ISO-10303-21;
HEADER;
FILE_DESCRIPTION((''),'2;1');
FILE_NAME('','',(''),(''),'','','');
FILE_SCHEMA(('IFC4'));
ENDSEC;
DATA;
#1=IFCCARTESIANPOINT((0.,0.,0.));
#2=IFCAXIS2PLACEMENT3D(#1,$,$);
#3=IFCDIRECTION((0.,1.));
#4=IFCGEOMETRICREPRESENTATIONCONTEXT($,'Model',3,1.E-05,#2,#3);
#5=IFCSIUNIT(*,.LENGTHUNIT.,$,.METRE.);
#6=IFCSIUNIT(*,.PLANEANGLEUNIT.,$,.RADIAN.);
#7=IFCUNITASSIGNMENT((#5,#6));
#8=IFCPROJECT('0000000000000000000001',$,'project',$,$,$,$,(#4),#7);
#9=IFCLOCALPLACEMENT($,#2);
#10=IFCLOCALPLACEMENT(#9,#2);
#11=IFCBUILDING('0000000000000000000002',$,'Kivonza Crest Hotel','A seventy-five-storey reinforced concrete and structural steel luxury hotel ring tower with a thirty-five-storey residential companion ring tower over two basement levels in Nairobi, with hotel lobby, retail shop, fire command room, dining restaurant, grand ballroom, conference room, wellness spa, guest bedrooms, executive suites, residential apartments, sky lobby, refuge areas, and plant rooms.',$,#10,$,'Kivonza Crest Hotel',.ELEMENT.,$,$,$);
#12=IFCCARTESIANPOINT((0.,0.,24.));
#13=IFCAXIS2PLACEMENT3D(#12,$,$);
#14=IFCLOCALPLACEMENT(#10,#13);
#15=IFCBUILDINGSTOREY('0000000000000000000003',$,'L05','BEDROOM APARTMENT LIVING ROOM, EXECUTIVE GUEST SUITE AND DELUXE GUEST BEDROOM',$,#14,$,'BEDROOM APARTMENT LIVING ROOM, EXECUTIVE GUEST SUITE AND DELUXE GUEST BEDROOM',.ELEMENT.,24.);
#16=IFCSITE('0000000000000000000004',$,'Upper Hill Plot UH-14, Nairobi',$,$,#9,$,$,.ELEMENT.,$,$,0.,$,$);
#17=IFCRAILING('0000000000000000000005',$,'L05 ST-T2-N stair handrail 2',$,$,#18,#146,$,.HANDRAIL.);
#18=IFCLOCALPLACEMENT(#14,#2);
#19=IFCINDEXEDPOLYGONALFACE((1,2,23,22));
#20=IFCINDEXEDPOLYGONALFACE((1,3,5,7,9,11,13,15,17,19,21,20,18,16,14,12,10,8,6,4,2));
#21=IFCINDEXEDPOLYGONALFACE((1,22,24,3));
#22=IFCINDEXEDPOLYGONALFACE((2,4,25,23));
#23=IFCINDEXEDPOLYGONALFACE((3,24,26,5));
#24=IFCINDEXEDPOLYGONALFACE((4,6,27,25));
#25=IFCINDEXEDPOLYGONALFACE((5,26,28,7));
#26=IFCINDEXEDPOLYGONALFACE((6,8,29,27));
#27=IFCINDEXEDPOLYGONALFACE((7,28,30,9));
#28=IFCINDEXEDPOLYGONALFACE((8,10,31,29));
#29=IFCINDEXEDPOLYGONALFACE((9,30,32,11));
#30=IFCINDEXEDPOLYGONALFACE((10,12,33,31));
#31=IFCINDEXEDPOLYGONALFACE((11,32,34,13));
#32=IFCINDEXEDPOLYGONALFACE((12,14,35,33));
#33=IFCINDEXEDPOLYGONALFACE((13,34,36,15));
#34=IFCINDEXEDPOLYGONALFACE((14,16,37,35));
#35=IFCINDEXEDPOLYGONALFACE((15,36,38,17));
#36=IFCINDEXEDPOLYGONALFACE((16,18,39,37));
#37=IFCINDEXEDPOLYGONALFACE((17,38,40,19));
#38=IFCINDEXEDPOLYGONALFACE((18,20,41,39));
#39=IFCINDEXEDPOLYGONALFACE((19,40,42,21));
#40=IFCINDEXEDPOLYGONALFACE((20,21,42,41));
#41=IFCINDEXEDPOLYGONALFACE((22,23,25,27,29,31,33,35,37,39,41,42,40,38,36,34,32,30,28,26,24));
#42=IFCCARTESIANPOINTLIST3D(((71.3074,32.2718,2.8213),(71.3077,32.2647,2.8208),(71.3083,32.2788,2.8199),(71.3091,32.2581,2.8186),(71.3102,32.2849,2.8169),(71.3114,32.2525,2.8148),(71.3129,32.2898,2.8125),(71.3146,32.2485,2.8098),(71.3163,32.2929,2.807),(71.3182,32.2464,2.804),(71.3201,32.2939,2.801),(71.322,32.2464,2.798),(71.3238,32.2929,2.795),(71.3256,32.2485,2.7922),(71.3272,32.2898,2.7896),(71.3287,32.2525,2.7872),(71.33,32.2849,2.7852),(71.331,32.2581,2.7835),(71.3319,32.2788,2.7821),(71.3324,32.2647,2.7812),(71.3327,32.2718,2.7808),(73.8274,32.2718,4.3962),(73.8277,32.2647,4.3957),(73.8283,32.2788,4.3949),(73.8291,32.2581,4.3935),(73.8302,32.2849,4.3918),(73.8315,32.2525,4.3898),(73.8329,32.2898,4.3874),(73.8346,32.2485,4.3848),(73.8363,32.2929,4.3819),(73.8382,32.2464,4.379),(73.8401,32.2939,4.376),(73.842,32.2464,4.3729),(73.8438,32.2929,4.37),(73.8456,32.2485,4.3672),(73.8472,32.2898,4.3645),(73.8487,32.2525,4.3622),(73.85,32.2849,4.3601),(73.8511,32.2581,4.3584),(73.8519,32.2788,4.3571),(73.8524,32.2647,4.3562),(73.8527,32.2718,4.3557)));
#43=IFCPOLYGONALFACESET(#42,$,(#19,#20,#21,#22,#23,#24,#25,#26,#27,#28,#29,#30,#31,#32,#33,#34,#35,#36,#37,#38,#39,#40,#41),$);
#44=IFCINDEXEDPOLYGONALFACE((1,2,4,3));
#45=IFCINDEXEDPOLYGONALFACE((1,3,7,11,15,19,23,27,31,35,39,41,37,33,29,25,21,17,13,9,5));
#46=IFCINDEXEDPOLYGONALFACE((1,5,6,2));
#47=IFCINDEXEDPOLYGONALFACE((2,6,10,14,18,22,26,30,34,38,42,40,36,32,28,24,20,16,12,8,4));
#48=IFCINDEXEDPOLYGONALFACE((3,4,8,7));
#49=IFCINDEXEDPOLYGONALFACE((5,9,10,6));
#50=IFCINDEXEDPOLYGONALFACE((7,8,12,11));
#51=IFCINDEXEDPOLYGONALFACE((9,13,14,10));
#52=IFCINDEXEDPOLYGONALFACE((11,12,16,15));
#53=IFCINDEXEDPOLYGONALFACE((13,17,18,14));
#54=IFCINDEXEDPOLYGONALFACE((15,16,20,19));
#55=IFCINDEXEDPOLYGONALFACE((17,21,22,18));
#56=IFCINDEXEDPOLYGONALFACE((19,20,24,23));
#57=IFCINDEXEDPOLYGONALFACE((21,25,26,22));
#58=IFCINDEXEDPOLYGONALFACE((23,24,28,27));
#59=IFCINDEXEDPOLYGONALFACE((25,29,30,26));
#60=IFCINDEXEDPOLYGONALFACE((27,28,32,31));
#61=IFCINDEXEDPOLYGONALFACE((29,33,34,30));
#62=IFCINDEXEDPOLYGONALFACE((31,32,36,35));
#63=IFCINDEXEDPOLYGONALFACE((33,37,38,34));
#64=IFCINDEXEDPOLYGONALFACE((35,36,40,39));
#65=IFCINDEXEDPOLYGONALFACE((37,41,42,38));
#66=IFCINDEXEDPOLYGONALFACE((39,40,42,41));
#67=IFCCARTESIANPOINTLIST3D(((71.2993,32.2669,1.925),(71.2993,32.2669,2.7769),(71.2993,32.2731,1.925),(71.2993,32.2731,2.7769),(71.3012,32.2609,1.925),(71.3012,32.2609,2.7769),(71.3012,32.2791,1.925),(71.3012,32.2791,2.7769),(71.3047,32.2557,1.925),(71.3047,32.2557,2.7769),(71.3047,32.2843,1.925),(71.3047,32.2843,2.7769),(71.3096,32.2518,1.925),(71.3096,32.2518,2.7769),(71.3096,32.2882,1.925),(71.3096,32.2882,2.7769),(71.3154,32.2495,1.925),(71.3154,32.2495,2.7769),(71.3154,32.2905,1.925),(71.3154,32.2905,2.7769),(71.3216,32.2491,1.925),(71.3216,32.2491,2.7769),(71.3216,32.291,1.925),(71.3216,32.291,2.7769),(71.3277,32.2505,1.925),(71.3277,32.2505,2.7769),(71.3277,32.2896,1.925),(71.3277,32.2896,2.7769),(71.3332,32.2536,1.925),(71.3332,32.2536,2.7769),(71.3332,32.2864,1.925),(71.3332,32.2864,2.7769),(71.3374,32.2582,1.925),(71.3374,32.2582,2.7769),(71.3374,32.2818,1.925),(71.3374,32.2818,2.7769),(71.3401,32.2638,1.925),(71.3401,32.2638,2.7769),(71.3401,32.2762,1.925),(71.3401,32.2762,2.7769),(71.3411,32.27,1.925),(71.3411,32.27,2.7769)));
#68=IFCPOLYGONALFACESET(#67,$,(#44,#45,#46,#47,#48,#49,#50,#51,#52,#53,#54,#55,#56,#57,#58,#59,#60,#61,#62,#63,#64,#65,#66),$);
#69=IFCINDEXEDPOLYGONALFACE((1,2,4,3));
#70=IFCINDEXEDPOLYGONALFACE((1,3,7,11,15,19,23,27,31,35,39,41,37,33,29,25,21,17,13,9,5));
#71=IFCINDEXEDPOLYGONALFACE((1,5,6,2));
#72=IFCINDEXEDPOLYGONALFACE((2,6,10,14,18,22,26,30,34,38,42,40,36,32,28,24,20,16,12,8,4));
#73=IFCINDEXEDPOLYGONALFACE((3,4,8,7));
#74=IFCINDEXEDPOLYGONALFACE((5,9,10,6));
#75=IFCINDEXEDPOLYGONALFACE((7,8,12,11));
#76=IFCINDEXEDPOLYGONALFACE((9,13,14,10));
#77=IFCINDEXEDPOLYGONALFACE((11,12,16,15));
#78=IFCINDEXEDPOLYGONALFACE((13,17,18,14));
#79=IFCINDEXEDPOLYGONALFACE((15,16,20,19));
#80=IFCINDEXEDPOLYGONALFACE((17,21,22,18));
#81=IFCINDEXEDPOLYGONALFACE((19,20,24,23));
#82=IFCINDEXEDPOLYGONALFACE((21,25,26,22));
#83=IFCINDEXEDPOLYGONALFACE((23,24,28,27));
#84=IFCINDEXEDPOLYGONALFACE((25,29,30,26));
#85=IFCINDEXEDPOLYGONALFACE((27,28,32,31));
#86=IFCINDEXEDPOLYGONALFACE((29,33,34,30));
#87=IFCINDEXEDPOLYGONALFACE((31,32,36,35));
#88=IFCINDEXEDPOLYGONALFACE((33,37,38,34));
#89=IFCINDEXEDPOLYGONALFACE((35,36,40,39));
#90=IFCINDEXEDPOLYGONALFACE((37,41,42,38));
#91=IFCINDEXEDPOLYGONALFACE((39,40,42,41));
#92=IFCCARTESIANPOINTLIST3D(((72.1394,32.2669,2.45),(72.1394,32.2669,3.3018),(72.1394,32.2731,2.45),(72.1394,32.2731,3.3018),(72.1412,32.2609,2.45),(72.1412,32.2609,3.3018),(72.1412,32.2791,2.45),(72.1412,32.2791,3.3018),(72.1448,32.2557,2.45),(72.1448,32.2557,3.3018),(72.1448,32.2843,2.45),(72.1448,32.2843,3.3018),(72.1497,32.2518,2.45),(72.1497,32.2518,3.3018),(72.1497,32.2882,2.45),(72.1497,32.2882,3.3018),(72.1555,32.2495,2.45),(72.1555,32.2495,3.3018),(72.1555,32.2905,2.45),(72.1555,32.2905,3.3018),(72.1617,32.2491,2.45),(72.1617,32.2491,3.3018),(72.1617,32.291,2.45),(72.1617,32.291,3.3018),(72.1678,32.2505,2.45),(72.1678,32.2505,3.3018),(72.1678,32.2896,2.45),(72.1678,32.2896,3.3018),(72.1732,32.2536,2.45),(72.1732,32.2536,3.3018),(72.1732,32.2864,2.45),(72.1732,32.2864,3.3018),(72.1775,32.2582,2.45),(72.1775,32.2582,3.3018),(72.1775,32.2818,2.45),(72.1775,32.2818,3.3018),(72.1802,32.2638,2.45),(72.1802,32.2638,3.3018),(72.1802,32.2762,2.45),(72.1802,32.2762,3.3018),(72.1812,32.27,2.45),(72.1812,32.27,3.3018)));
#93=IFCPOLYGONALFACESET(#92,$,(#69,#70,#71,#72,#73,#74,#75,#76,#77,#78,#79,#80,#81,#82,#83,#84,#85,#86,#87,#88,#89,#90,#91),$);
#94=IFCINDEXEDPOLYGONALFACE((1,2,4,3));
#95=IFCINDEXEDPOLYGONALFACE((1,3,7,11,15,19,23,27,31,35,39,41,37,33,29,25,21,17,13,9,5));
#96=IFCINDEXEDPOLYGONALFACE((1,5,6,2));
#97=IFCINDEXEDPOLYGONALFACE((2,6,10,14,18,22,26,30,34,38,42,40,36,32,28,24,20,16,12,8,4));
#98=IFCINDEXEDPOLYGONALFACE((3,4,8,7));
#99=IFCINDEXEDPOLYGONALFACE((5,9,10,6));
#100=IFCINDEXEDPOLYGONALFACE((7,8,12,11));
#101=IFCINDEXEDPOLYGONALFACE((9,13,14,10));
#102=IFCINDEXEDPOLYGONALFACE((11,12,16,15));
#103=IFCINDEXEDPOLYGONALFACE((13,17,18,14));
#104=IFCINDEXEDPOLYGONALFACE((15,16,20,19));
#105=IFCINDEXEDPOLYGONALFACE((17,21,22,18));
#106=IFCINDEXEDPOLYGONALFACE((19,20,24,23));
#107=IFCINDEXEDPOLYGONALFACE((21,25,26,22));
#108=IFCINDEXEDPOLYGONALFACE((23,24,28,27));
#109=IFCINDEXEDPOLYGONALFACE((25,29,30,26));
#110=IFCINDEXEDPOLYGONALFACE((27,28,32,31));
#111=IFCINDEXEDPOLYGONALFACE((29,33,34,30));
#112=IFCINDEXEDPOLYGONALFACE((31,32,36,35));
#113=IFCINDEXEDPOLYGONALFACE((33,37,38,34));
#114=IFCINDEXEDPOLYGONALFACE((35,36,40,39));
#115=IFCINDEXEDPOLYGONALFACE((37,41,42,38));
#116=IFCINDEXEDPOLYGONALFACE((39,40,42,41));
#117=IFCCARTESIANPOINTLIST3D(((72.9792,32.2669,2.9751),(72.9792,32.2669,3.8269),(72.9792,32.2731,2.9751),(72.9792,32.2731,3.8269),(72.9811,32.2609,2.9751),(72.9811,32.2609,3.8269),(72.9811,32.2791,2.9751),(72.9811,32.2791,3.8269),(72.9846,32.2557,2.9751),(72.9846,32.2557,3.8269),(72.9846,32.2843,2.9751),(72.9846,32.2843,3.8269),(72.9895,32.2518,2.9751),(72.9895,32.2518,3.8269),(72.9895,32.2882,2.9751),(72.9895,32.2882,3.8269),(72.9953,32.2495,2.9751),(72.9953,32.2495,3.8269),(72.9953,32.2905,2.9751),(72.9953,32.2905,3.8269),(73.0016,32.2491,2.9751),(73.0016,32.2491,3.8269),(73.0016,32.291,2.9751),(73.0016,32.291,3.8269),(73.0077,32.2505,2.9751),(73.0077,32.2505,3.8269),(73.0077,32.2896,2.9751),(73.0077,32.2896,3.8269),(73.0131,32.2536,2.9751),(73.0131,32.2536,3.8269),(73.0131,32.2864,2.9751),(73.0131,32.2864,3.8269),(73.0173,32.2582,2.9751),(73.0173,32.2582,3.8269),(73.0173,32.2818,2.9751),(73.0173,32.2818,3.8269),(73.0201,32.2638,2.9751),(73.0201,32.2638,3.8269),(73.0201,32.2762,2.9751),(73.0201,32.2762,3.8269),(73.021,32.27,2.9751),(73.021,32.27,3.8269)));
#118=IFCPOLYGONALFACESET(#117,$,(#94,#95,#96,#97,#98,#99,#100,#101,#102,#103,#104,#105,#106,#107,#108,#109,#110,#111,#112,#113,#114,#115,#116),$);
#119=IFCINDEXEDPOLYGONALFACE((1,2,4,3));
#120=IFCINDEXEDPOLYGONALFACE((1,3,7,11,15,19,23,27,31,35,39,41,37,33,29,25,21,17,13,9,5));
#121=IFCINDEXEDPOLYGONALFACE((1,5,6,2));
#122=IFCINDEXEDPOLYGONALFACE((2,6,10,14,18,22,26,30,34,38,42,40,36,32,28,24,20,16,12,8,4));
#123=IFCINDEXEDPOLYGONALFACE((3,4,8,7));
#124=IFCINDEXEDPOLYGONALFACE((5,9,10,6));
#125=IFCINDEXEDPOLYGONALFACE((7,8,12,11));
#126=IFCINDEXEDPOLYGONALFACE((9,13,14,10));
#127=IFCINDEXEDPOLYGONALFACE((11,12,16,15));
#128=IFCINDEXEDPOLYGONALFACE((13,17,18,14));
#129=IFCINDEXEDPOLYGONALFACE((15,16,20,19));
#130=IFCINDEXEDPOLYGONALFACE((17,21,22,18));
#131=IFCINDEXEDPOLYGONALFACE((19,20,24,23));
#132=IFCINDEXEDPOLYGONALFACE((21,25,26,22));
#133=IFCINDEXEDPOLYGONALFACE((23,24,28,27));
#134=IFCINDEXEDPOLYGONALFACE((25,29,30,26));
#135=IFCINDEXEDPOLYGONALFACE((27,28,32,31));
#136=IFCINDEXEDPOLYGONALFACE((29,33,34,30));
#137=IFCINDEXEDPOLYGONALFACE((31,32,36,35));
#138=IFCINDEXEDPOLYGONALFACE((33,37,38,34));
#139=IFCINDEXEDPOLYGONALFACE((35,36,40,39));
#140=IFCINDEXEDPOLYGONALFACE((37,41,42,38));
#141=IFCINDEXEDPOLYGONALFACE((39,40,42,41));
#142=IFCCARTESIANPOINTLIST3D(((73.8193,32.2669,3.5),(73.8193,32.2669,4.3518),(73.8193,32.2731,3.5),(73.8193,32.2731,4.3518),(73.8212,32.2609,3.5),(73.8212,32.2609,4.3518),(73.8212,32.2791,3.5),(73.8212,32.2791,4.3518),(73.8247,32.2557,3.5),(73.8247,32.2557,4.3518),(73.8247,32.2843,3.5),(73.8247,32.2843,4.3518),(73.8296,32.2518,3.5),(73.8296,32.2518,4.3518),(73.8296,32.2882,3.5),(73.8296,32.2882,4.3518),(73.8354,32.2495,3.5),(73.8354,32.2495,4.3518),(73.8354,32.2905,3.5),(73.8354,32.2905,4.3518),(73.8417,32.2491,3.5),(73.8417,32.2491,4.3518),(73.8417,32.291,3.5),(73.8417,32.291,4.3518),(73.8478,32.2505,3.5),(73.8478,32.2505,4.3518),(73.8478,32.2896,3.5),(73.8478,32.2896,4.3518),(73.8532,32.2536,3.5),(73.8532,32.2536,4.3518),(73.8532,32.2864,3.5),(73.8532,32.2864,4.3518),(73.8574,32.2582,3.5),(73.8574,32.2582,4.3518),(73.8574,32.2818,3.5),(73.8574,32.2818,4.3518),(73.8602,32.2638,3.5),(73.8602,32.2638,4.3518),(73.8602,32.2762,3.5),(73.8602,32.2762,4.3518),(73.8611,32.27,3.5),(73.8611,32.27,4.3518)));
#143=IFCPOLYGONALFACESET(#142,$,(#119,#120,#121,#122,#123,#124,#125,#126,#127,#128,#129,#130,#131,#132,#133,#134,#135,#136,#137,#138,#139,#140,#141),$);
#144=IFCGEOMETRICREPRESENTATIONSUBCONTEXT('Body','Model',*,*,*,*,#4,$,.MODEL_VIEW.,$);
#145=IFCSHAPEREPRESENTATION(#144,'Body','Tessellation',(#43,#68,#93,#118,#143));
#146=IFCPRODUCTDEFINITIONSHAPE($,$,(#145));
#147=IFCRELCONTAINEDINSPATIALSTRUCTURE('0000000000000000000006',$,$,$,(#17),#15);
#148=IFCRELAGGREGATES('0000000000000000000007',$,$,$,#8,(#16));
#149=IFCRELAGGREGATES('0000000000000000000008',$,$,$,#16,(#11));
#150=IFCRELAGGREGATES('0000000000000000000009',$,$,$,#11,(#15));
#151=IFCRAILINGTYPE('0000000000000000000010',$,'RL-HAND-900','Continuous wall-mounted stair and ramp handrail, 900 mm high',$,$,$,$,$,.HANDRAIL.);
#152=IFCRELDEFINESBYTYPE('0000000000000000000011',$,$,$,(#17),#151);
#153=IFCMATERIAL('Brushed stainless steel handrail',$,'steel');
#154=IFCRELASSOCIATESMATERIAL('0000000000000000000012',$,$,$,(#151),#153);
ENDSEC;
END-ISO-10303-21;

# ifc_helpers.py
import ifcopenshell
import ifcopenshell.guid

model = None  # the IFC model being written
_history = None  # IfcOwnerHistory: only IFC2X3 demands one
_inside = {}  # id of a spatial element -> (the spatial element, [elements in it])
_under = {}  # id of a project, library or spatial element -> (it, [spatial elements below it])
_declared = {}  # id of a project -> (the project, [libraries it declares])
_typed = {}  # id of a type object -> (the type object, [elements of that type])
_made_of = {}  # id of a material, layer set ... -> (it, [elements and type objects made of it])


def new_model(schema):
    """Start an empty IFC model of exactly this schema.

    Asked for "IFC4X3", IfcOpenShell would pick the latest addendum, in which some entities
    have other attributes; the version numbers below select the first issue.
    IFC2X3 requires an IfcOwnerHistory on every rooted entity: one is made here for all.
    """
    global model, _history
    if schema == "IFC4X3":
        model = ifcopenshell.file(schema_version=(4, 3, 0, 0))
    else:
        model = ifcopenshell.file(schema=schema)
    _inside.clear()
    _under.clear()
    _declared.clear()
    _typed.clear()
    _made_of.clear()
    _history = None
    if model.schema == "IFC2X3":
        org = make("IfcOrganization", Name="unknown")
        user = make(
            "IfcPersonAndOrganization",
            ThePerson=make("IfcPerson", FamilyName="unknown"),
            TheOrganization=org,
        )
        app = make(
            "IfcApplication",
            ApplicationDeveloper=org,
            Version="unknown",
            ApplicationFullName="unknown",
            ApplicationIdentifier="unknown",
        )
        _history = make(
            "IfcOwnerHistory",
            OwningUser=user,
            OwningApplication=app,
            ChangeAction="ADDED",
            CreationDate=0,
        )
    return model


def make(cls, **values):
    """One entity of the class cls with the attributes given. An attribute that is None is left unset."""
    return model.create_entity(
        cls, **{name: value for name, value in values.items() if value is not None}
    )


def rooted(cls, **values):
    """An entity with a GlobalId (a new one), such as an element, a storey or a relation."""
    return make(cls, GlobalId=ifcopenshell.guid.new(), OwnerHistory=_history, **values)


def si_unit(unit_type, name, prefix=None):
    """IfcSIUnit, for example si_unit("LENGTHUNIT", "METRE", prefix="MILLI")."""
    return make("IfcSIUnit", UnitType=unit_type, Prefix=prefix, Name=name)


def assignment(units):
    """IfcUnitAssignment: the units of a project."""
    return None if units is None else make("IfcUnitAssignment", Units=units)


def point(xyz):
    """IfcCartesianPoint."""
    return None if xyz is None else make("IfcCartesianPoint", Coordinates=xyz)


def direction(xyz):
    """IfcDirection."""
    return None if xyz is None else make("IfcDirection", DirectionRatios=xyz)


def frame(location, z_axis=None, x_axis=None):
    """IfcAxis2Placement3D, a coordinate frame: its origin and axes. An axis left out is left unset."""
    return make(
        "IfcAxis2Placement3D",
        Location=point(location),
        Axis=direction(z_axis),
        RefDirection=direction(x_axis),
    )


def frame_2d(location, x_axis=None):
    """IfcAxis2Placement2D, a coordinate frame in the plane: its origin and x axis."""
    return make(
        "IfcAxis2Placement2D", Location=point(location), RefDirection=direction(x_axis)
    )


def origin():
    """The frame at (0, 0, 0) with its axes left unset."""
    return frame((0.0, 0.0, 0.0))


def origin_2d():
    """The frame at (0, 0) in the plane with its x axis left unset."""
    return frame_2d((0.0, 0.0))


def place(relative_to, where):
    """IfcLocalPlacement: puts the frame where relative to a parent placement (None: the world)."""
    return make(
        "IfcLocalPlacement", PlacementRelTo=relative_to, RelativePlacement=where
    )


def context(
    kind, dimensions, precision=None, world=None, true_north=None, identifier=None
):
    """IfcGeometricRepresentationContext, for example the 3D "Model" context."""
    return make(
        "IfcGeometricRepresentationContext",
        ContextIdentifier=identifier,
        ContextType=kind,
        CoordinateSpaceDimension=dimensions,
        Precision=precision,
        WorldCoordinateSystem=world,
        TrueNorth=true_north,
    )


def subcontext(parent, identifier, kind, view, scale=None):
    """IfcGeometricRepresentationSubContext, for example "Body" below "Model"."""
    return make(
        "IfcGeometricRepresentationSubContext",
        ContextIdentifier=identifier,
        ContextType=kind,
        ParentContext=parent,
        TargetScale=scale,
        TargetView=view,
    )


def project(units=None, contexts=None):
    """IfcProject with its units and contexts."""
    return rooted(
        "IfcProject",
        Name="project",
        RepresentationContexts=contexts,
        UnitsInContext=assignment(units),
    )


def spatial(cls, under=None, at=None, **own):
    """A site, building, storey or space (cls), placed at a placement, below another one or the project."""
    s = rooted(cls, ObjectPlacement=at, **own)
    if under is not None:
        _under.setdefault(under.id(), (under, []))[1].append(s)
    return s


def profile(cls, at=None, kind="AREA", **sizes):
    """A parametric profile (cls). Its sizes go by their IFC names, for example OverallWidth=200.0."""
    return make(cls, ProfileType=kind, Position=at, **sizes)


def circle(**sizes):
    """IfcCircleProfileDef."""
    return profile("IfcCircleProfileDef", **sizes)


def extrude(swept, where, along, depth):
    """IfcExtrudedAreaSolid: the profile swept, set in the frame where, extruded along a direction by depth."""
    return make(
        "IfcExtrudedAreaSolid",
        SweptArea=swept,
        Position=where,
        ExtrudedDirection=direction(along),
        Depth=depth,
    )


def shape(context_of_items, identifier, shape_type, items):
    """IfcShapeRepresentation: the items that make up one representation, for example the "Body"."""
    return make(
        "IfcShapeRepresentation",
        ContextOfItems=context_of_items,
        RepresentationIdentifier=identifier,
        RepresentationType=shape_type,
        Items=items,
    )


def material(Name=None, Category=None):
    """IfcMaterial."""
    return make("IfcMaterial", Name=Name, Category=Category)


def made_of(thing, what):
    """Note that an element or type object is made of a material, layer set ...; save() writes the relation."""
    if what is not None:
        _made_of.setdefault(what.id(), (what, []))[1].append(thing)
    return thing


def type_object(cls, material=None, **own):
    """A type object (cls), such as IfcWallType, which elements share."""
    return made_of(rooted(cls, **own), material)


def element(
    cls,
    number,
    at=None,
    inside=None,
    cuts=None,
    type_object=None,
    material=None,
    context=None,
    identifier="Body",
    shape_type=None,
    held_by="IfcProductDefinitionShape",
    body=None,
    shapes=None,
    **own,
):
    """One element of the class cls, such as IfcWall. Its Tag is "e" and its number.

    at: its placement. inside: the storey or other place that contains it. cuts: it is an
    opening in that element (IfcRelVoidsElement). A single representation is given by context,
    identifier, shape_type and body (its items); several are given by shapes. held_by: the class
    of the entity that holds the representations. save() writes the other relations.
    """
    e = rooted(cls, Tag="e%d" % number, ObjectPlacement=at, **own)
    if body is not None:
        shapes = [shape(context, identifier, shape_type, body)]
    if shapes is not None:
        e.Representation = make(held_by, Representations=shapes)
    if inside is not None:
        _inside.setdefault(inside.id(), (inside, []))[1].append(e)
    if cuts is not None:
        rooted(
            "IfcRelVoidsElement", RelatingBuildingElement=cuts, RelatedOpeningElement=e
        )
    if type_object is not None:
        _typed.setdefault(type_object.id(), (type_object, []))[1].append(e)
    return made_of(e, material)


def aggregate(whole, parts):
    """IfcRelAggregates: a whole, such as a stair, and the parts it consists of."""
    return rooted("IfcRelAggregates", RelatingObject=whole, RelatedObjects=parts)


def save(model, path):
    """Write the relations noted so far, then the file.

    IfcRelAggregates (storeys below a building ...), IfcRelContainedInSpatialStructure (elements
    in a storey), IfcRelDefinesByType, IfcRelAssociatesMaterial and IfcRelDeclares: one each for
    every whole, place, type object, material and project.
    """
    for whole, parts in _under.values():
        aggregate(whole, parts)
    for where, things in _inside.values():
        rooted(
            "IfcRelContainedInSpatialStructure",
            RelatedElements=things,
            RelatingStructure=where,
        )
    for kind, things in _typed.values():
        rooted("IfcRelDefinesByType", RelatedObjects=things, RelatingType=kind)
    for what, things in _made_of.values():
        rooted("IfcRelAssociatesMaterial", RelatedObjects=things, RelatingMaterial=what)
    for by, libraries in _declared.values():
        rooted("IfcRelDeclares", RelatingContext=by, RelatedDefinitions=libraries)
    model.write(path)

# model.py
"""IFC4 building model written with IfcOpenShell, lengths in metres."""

from ifc_helpers import new_model, si_unit, direction, frame, origin, origin_2d, place, context, subcontext, project, spatial, circle, extrude, material, type_object, element, save


model = new_model("IFC4")

# Units and contexts
model_context = context("Model", 3, precision=1e-05, world=origin(), true_north=direction((0.0, 1.0)))
body_context = subcontext(model_context, "Body", "Model", "MODEL_VIEW")
ifc_project = project(units=[si_unit("LENGTHUNIT", "METRE"), si_unit("PLANEANGLEUNIT", "RADIAN")], contexts=[model_context])

# Site, building, storey
site_placement = place(None, origin())
site = spatial("IfcSite", under=ifc_project, at=site_placement, Name="Upper Hill Plot UH-14, Nairobi", CompositionType="ELEMENT", RefElevation=0.0)
building_placement = place(site_placement, origin())
building = spatial("IfcBuilding", under=site, at=building_placement, Name="Kivonza Crest Hotel", Description="A seventy-five-storey reinforced concrete and structural steel luxury hotel ring tower with a thirty-five-storey residential companion ring tower over two basement levels in Nairobi, with hotel lobby, retail shop, fire command room, dining restaurant, grand ballroom, conference room, wellness spa, guest bedrooms, executive suites, residential apartments, sky lobby, refuge areas, and plant rooms.", LongName="Kivonza Crest Hotel", CompositionType="ELEMENT")
storey_placement = place(building_placement, frame((0.0, 0.0, 24.0)))
storey = spatial("IfcBuildingStorey", under=building, at=storey_placement, Name="L05", Description="BEDROOM APARTMENT LIVING ROOM, EXECUTIVE GUEST SUITE AND DELUXE GUEST BEDROOM", LongName="BEDROOM APARTMENT LIVING ROOM, EXECUTIVE GUEST SUITE AND DELUXE GUEST BEDROOM", CompositionType="ELEMENT", Elevation=24.0)

# Railing
ifc_material_1 = material(Name="Brushed stainless steel handrail", Category="steel")
railing_type_1 = type_object("IfcRailingType", Name="RL-HAND-900", Description="Continuous wall-mounted stair and ramp handrail, 900 mm high", PredefinedType="HANDRAIL", material=ifc_material_1)
railing_1_placement = place(storey_placement, frame((71.3201, 32.27, 1.925)))
element("IfcRailing", 1, at=railing_1_placement, inside=storey, type_object=railing_type_1, Name="L05 ST-T2-N stair handrail 2", PredefinedType="HANDRAIL", context=body_context, shape_type="SweptSolid", body=[
    extrude(circle(Radius=0.0239, at=origin_2d()), frame((0.0, 0.0, 0.876), z_axis=(0.848008, 0.0, 0.529984), x_axis=(0.0, 1.0, 0.0)), (0.0, 0.0, 1.0), 2.9717),
    extrude(circle(Radius=0.021, at=origin_2d()), origin(), (0.0, 0.0, 1.0), 0.8518),
    extrude(circle(Radius=0.021, at=origin_2d()), frame((0.8401, 0.0, 0.5249)), (0.0, 0.0, 1.0), 0.8518),
    extrude(circle(Radius=0.021, at=origin_2d()), frame((1.6799, 0.0, 1.05)), (0.0, 0.0, 1.0), 0.8518),
    extrude(circle(Radius=0.021, at=origin_2d()), frame((2.52, 0.0, 1.575)), (0.0, 0.0, 1.0), 0.8518),
])

save(model, "model.ifc")
